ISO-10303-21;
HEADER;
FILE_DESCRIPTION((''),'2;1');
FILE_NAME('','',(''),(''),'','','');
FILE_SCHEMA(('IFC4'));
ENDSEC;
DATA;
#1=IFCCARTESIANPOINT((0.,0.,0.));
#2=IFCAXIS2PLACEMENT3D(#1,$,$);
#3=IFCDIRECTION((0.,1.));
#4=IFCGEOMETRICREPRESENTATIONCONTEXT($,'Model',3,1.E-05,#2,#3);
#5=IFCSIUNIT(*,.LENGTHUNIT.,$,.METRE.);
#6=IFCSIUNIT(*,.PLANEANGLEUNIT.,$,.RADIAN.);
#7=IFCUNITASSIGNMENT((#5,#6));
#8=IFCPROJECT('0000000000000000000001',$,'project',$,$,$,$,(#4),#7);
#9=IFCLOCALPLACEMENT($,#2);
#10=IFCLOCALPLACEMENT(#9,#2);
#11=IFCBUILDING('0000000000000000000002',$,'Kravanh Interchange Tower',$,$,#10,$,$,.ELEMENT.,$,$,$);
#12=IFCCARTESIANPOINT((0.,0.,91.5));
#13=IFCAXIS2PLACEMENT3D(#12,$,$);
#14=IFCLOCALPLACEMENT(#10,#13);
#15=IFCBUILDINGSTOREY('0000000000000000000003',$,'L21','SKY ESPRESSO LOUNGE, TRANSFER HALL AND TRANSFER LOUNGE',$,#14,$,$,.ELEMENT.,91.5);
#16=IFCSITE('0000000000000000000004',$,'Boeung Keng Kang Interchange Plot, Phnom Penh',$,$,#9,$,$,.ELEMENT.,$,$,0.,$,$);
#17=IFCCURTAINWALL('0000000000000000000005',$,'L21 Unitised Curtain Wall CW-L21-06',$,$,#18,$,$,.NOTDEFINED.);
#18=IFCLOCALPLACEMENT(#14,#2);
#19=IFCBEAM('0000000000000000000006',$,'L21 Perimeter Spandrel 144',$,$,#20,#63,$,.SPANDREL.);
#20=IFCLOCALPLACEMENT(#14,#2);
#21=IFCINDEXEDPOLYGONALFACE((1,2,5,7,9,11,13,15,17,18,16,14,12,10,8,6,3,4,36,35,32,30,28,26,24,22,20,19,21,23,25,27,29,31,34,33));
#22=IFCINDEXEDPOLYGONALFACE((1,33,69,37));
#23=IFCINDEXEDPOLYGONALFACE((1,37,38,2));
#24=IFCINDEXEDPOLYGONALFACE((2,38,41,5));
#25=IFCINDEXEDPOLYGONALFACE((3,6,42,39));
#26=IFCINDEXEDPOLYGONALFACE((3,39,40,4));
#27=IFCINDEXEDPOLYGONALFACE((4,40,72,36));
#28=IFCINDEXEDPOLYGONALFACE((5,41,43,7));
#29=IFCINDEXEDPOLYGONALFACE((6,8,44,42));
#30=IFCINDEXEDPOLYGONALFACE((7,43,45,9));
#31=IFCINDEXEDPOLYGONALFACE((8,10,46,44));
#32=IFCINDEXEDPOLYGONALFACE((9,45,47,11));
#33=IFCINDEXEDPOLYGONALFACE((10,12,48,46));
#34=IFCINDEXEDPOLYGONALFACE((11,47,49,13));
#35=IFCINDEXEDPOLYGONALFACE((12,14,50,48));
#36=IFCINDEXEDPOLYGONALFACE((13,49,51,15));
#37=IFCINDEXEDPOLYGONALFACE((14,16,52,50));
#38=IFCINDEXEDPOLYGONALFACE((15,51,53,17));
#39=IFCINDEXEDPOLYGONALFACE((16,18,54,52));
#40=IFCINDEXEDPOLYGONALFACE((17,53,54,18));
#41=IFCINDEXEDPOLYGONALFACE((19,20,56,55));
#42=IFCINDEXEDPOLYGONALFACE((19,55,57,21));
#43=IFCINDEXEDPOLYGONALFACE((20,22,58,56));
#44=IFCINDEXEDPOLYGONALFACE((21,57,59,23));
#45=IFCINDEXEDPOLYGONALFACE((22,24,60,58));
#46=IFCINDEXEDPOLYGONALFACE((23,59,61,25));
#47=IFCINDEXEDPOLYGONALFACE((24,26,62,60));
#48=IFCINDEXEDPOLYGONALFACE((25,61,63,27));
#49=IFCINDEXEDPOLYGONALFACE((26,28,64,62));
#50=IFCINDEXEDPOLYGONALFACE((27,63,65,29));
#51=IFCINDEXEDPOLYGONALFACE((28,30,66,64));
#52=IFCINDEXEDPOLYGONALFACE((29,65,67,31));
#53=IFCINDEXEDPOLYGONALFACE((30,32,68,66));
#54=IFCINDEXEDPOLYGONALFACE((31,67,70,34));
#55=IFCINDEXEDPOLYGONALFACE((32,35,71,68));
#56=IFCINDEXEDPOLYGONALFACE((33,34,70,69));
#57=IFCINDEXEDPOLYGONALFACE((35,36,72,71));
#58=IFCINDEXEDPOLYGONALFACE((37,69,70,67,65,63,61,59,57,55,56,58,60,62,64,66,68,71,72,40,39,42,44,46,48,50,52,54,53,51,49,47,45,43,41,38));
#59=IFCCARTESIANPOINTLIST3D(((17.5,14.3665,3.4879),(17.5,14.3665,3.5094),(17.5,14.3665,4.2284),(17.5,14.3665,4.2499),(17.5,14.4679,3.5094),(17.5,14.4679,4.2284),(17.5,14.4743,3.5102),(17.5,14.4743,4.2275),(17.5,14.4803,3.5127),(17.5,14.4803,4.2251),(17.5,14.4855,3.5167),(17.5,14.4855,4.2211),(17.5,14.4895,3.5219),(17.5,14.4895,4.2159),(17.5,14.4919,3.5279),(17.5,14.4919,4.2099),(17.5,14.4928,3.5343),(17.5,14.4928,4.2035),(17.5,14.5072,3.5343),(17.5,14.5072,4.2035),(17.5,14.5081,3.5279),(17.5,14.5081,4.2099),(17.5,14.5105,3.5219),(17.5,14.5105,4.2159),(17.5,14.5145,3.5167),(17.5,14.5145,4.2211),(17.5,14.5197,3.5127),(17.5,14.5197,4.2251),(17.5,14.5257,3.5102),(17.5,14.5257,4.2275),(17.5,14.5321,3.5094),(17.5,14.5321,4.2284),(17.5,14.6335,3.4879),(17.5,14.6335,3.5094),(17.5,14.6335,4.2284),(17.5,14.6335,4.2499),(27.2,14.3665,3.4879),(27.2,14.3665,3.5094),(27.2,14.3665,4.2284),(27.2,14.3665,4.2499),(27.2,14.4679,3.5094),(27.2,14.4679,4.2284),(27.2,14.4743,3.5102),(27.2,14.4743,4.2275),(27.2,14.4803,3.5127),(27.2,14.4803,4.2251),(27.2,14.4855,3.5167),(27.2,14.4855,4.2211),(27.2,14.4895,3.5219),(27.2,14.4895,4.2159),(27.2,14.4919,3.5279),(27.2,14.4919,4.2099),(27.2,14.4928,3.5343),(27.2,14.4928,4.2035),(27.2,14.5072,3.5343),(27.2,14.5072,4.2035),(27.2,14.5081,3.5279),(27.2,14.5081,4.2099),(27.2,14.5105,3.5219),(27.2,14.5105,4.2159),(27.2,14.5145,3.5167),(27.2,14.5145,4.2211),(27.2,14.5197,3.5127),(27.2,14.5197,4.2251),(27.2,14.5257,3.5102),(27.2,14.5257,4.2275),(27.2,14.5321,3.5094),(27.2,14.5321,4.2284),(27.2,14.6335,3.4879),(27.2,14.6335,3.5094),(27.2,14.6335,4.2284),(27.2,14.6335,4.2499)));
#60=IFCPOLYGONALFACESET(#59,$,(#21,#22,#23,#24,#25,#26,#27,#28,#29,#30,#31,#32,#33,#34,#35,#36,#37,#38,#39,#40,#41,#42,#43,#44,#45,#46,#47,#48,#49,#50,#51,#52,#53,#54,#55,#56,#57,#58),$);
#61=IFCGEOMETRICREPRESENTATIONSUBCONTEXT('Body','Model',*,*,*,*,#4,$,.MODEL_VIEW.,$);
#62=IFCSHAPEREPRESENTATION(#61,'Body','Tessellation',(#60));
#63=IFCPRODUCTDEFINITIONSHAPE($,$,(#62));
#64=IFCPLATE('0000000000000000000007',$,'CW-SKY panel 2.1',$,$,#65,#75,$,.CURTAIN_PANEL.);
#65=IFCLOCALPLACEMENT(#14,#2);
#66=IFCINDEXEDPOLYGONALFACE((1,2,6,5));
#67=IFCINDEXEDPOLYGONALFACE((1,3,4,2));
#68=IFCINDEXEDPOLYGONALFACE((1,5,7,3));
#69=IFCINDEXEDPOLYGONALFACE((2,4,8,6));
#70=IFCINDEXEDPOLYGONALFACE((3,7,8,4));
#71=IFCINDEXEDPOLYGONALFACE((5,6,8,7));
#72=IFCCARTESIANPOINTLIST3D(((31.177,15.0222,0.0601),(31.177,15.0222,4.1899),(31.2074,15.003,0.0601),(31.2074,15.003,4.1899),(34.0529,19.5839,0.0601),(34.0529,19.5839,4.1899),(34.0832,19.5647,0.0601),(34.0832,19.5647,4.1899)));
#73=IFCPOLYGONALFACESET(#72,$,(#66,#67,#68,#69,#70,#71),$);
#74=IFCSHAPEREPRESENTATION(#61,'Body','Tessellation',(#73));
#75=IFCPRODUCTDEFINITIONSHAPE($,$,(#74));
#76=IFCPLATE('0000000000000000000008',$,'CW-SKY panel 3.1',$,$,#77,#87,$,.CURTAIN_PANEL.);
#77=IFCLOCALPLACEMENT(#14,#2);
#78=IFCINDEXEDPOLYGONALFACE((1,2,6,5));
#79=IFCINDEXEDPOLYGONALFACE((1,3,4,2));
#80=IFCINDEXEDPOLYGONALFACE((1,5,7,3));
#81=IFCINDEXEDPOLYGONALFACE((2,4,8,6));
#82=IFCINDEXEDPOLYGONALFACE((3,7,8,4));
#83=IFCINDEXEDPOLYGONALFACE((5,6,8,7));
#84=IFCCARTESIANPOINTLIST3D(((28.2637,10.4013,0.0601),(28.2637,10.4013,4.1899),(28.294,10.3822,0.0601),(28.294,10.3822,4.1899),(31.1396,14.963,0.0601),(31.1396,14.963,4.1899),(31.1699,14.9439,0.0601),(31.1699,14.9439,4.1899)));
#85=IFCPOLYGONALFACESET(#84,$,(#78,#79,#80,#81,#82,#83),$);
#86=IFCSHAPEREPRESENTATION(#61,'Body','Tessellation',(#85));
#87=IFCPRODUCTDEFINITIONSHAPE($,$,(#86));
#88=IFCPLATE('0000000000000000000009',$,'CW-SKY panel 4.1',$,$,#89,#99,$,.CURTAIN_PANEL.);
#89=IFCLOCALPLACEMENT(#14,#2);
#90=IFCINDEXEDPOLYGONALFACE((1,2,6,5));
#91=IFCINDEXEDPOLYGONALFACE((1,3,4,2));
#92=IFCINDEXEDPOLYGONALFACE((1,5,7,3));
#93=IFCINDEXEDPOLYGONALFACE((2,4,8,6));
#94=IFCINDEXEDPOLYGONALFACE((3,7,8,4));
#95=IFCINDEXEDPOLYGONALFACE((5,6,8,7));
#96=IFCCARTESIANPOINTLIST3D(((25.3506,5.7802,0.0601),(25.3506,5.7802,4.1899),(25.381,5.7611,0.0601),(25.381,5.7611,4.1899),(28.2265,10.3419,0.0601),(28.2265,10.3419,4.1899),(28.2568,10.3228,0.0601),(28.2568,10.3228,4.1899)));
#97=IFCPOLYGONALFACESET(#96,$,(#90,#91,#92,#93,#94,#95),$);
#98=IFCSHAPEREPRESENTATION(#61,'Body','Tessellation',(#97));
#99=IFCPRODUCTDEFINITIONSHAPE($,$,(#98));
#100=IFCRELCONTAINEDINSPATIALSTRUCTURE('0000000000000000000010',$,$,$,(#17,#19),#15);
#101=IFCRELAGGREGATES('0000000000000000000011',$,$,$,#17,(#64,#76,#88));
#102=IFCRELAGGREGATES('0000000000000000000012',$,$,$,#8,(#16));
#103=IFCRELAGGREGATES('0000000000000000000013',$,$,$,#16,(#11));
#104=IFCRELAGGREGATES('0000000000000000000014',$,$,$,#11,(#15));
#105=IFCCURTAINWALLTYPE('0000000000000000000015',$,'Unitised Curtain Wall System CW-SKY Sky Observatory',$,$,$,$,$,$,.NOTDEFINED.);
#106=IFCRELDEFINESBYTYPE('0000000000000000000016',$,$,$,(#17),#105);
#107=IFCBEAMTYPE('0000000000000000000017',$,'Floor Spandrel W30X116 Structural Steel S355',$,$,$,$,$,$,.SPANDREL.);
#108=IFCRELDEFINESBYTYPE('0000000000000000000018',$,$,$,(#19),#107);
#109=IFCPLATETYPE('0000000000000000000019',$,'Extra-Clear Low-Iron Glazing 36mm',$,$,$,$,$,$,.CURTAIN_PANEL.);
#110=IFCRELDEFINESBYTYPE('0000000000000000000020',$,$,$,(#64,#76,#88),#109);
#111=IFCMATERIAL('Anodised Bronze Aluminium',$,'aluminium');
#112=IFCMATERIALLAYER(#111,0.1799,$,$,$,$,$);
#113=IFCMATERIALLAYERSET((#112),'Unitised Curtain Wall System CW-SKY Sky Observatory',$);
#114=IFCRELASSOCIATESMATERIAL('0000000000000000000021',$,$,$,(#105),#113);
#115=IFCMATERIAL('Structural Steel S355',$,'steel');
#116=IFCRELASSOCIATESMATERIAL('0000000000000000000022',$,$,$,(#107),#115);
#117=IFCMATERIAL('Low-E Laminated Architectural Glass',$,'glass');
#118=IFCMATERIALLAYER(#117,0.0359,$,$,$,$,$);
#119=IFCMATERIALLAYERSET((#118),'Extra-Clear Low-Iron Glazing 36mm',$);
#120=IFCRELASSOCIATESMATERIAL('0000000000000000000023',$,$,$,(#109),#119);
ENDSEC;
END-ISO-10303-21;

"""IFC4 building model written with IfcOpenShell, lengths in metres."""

from ifc_helpers import new_model, si_unit, direction, frame, origin, origin_2d, place, context, subcontext, project, spatial, rectangle, i_section, extrude, material, layer, layer_set, material_profile, profile_set, type_object, element, aggregate, save


model = new_model("IFC4")

# Units and contexts
model_context = context("Model", 3, precision=1e-05, world=origin(), true_north=direction((0.0, 1.0)))
body_context = subcontext(model_context, "Body", "Model", "MODEL_VIEW")
ifc_project = project(units=[si_unit("LENGTHUNIT", "METRE"), si_unit("PLANEANGLEUNIT", "RADIAN")], contexts=[model_context])

# Site, building, storey
site_placement = place(None, origin())
site = spatial("IfcSite", under=ifc_project, at=site_placement, Name="Boeung Keng Kang Interchange Plot, Phnom Penh", CompositionType="ELEMENT", RefElevation=0.0)
building_placement = place(site_placement, origin())
building = spatial("IfcBuilding", under=site, at=building_placement, Name="Kravanh Interchange Tower", CompositionType="ELEMENT")
storey_placement = place(building_placement, frame((0.0, 0.0, 91.5)))
storey = spatial("IfcBuildingStorey", under=building, at=storey_placement, Name="L21", Description="SKY ESPRESSO LOUNGE, TRANSFER HALL AND TRANSFER LOUNGE", CompositionType="ELEMENT", Elevation=91.5)

# Curtain wall
ifc_material_1 = material(Name="Anodised Bronze Aluminium", Category="aluminium")
ifc_layer_1 = layer(ifc_material_1, 0.1799)
ifc_layer_set_1 = layer_set([ifc_layer_1], Name="Unitised Curtain Wall System CW-SKY Sky Observatory")
curtain_wall_type = type_object("IfcCurtainWallType", Name="Unitised Curtain Wall System CW-SKY Sky Observatory", PredefinedType="NOTDEFINED", material=ifc_layer_set_1)
curtain_wall_placement = place(storey_placement, origin())
curtain_wall = element("IfcCurtainWall", 1, at=curtain_wall_placement, inside=storey, type_object=curtain_wall_type, Name="L21 Unitised Curtain Wall CW-L21-06", PredefinedType="NOTDEFINED")

# Beam
ifc_material_2 = material(Name="Structural Steel S355", Category="steel")
ifc_material_profile_1 = material_profile(ifc_material_2, i_section(OverallWidth=0.2671, OverallDepth=0.762, WebThickness=0.0144, FlangeThickness=0.0215, FilletRadius=0.0249, at=origin_2d()), Name="W30X116")
ifc_profile_set_1 = profile_set([ifc_material_profile_1], Name="Structural Steel S355")
beam_type_1 = type_object("IfcBeamType", Name="Floor Spandrel W30X116 Structural Steel S355", PredefinedType="SPANDREL", material=ifc_profile_set_1)
beam_1_placement = place(storey_placement, frame((17.5, 14.5, 3.8689), z_axis=(1.0, 0.0, 0.0), x_axis=(0.0, 1.0, 0.0)))
element("IfcBeam", 2, at=beam_1_placement, inside=storey, type_object=beam_type_1, Name="L21 Perimeter Spandrel 144", PredefinedType="SPANDREL", context=body_context, shape_type="SweptSolid", body=[
    extrude(i_section(OverallWidth=0.2671, OverallDepth=0.762, WebThickness=0.0144, FlangeThickness=0.0215, FilletRadius=0.0249, at=origin_2d()), origin(), (0.0, 0.0, 1.0), 9.7),
])

# Plates
ifc_material_3 = material(Name="Low-E Laminated Architectural Glass", Category="glass")
ifc_layer_2 = layer(ifc_material_3, 0.0359)
ifc_layer_set_2 = layer_set([ifc_layer_2], Name="Extra-Clear Low-Iron Glazing 36mm")
plate_type = type_object("IfcPlateType", Name="Extra-Clear Low-Iron Glazing 36mm", PredefinedType="CURTAIN_PANEL", material=ifc_layer_set_2)
plate_1_placement = place(storey_placement, frame((32.6301, 17.2935, 0.0601), z_axis=(0.0, 0.0, 1.0), x_axis=(-0.533301, -0.845926, 0.0)))
plate_1 = element("IfcPlate", 3, at=plate_1_placement, type_object=plate_type, Name="CW-SKY panel 2.1", PredefinedType="CURTAIN_PANEL", context=body_context, shape_type="SweptSolid", body=[
    extrude(rectangle(XDim=5.3926, YDim=0.0359, at=origin_2d()), origin(), (0.0, 0.0, 1.0), 4.1299),
])
plate_2_placement = place(storey_placement, frame((29.7168, 12.6726, 0.0601), z_axis=(0.0, 0.0, 1.0), x_axis=(-0.533301, -0.845926, 0.0)))
plate_2 = element("IfcPlate", 4, at=plate_2_placement, type_object=plate_type, Name="CW-SKY panel 3.1", PredefinedType="CURTAIN_PANEL", context=body_context, shape_type="SweptSolid", body=[
    extrude(rectangle(XDim=5.3926, YDim=0.0359, at=origin_2d()), origin(), (0.0, 0.0, 1.0), 4.1299),
])
plate_3_placement = place(storey_placement, frame((26.8037, 8.0515, 0.0601), z_axis=(0.0, 0.0, 1.0), x_axis=(-0.533301, -0.845926, 0.0)))
plate_3 = element("IfcPlate", 5, at=plate_3_placement, type_object=plate_type, Name="CW-SKY panel 4.1", PredefinedType="CURTAIN_PANEL", context=body_context, shape_type="SweptSolid", body=[
    extrude(rectangle(XDim=5.3926, YDim=0.0359, at=origin_2d()), origin(), (0.0, 0.0, 1.0), 4.1299),
])
aggregate(curtain_wall, [plate_1, plate_2, plate_3])

save(model, "model.ifc")
